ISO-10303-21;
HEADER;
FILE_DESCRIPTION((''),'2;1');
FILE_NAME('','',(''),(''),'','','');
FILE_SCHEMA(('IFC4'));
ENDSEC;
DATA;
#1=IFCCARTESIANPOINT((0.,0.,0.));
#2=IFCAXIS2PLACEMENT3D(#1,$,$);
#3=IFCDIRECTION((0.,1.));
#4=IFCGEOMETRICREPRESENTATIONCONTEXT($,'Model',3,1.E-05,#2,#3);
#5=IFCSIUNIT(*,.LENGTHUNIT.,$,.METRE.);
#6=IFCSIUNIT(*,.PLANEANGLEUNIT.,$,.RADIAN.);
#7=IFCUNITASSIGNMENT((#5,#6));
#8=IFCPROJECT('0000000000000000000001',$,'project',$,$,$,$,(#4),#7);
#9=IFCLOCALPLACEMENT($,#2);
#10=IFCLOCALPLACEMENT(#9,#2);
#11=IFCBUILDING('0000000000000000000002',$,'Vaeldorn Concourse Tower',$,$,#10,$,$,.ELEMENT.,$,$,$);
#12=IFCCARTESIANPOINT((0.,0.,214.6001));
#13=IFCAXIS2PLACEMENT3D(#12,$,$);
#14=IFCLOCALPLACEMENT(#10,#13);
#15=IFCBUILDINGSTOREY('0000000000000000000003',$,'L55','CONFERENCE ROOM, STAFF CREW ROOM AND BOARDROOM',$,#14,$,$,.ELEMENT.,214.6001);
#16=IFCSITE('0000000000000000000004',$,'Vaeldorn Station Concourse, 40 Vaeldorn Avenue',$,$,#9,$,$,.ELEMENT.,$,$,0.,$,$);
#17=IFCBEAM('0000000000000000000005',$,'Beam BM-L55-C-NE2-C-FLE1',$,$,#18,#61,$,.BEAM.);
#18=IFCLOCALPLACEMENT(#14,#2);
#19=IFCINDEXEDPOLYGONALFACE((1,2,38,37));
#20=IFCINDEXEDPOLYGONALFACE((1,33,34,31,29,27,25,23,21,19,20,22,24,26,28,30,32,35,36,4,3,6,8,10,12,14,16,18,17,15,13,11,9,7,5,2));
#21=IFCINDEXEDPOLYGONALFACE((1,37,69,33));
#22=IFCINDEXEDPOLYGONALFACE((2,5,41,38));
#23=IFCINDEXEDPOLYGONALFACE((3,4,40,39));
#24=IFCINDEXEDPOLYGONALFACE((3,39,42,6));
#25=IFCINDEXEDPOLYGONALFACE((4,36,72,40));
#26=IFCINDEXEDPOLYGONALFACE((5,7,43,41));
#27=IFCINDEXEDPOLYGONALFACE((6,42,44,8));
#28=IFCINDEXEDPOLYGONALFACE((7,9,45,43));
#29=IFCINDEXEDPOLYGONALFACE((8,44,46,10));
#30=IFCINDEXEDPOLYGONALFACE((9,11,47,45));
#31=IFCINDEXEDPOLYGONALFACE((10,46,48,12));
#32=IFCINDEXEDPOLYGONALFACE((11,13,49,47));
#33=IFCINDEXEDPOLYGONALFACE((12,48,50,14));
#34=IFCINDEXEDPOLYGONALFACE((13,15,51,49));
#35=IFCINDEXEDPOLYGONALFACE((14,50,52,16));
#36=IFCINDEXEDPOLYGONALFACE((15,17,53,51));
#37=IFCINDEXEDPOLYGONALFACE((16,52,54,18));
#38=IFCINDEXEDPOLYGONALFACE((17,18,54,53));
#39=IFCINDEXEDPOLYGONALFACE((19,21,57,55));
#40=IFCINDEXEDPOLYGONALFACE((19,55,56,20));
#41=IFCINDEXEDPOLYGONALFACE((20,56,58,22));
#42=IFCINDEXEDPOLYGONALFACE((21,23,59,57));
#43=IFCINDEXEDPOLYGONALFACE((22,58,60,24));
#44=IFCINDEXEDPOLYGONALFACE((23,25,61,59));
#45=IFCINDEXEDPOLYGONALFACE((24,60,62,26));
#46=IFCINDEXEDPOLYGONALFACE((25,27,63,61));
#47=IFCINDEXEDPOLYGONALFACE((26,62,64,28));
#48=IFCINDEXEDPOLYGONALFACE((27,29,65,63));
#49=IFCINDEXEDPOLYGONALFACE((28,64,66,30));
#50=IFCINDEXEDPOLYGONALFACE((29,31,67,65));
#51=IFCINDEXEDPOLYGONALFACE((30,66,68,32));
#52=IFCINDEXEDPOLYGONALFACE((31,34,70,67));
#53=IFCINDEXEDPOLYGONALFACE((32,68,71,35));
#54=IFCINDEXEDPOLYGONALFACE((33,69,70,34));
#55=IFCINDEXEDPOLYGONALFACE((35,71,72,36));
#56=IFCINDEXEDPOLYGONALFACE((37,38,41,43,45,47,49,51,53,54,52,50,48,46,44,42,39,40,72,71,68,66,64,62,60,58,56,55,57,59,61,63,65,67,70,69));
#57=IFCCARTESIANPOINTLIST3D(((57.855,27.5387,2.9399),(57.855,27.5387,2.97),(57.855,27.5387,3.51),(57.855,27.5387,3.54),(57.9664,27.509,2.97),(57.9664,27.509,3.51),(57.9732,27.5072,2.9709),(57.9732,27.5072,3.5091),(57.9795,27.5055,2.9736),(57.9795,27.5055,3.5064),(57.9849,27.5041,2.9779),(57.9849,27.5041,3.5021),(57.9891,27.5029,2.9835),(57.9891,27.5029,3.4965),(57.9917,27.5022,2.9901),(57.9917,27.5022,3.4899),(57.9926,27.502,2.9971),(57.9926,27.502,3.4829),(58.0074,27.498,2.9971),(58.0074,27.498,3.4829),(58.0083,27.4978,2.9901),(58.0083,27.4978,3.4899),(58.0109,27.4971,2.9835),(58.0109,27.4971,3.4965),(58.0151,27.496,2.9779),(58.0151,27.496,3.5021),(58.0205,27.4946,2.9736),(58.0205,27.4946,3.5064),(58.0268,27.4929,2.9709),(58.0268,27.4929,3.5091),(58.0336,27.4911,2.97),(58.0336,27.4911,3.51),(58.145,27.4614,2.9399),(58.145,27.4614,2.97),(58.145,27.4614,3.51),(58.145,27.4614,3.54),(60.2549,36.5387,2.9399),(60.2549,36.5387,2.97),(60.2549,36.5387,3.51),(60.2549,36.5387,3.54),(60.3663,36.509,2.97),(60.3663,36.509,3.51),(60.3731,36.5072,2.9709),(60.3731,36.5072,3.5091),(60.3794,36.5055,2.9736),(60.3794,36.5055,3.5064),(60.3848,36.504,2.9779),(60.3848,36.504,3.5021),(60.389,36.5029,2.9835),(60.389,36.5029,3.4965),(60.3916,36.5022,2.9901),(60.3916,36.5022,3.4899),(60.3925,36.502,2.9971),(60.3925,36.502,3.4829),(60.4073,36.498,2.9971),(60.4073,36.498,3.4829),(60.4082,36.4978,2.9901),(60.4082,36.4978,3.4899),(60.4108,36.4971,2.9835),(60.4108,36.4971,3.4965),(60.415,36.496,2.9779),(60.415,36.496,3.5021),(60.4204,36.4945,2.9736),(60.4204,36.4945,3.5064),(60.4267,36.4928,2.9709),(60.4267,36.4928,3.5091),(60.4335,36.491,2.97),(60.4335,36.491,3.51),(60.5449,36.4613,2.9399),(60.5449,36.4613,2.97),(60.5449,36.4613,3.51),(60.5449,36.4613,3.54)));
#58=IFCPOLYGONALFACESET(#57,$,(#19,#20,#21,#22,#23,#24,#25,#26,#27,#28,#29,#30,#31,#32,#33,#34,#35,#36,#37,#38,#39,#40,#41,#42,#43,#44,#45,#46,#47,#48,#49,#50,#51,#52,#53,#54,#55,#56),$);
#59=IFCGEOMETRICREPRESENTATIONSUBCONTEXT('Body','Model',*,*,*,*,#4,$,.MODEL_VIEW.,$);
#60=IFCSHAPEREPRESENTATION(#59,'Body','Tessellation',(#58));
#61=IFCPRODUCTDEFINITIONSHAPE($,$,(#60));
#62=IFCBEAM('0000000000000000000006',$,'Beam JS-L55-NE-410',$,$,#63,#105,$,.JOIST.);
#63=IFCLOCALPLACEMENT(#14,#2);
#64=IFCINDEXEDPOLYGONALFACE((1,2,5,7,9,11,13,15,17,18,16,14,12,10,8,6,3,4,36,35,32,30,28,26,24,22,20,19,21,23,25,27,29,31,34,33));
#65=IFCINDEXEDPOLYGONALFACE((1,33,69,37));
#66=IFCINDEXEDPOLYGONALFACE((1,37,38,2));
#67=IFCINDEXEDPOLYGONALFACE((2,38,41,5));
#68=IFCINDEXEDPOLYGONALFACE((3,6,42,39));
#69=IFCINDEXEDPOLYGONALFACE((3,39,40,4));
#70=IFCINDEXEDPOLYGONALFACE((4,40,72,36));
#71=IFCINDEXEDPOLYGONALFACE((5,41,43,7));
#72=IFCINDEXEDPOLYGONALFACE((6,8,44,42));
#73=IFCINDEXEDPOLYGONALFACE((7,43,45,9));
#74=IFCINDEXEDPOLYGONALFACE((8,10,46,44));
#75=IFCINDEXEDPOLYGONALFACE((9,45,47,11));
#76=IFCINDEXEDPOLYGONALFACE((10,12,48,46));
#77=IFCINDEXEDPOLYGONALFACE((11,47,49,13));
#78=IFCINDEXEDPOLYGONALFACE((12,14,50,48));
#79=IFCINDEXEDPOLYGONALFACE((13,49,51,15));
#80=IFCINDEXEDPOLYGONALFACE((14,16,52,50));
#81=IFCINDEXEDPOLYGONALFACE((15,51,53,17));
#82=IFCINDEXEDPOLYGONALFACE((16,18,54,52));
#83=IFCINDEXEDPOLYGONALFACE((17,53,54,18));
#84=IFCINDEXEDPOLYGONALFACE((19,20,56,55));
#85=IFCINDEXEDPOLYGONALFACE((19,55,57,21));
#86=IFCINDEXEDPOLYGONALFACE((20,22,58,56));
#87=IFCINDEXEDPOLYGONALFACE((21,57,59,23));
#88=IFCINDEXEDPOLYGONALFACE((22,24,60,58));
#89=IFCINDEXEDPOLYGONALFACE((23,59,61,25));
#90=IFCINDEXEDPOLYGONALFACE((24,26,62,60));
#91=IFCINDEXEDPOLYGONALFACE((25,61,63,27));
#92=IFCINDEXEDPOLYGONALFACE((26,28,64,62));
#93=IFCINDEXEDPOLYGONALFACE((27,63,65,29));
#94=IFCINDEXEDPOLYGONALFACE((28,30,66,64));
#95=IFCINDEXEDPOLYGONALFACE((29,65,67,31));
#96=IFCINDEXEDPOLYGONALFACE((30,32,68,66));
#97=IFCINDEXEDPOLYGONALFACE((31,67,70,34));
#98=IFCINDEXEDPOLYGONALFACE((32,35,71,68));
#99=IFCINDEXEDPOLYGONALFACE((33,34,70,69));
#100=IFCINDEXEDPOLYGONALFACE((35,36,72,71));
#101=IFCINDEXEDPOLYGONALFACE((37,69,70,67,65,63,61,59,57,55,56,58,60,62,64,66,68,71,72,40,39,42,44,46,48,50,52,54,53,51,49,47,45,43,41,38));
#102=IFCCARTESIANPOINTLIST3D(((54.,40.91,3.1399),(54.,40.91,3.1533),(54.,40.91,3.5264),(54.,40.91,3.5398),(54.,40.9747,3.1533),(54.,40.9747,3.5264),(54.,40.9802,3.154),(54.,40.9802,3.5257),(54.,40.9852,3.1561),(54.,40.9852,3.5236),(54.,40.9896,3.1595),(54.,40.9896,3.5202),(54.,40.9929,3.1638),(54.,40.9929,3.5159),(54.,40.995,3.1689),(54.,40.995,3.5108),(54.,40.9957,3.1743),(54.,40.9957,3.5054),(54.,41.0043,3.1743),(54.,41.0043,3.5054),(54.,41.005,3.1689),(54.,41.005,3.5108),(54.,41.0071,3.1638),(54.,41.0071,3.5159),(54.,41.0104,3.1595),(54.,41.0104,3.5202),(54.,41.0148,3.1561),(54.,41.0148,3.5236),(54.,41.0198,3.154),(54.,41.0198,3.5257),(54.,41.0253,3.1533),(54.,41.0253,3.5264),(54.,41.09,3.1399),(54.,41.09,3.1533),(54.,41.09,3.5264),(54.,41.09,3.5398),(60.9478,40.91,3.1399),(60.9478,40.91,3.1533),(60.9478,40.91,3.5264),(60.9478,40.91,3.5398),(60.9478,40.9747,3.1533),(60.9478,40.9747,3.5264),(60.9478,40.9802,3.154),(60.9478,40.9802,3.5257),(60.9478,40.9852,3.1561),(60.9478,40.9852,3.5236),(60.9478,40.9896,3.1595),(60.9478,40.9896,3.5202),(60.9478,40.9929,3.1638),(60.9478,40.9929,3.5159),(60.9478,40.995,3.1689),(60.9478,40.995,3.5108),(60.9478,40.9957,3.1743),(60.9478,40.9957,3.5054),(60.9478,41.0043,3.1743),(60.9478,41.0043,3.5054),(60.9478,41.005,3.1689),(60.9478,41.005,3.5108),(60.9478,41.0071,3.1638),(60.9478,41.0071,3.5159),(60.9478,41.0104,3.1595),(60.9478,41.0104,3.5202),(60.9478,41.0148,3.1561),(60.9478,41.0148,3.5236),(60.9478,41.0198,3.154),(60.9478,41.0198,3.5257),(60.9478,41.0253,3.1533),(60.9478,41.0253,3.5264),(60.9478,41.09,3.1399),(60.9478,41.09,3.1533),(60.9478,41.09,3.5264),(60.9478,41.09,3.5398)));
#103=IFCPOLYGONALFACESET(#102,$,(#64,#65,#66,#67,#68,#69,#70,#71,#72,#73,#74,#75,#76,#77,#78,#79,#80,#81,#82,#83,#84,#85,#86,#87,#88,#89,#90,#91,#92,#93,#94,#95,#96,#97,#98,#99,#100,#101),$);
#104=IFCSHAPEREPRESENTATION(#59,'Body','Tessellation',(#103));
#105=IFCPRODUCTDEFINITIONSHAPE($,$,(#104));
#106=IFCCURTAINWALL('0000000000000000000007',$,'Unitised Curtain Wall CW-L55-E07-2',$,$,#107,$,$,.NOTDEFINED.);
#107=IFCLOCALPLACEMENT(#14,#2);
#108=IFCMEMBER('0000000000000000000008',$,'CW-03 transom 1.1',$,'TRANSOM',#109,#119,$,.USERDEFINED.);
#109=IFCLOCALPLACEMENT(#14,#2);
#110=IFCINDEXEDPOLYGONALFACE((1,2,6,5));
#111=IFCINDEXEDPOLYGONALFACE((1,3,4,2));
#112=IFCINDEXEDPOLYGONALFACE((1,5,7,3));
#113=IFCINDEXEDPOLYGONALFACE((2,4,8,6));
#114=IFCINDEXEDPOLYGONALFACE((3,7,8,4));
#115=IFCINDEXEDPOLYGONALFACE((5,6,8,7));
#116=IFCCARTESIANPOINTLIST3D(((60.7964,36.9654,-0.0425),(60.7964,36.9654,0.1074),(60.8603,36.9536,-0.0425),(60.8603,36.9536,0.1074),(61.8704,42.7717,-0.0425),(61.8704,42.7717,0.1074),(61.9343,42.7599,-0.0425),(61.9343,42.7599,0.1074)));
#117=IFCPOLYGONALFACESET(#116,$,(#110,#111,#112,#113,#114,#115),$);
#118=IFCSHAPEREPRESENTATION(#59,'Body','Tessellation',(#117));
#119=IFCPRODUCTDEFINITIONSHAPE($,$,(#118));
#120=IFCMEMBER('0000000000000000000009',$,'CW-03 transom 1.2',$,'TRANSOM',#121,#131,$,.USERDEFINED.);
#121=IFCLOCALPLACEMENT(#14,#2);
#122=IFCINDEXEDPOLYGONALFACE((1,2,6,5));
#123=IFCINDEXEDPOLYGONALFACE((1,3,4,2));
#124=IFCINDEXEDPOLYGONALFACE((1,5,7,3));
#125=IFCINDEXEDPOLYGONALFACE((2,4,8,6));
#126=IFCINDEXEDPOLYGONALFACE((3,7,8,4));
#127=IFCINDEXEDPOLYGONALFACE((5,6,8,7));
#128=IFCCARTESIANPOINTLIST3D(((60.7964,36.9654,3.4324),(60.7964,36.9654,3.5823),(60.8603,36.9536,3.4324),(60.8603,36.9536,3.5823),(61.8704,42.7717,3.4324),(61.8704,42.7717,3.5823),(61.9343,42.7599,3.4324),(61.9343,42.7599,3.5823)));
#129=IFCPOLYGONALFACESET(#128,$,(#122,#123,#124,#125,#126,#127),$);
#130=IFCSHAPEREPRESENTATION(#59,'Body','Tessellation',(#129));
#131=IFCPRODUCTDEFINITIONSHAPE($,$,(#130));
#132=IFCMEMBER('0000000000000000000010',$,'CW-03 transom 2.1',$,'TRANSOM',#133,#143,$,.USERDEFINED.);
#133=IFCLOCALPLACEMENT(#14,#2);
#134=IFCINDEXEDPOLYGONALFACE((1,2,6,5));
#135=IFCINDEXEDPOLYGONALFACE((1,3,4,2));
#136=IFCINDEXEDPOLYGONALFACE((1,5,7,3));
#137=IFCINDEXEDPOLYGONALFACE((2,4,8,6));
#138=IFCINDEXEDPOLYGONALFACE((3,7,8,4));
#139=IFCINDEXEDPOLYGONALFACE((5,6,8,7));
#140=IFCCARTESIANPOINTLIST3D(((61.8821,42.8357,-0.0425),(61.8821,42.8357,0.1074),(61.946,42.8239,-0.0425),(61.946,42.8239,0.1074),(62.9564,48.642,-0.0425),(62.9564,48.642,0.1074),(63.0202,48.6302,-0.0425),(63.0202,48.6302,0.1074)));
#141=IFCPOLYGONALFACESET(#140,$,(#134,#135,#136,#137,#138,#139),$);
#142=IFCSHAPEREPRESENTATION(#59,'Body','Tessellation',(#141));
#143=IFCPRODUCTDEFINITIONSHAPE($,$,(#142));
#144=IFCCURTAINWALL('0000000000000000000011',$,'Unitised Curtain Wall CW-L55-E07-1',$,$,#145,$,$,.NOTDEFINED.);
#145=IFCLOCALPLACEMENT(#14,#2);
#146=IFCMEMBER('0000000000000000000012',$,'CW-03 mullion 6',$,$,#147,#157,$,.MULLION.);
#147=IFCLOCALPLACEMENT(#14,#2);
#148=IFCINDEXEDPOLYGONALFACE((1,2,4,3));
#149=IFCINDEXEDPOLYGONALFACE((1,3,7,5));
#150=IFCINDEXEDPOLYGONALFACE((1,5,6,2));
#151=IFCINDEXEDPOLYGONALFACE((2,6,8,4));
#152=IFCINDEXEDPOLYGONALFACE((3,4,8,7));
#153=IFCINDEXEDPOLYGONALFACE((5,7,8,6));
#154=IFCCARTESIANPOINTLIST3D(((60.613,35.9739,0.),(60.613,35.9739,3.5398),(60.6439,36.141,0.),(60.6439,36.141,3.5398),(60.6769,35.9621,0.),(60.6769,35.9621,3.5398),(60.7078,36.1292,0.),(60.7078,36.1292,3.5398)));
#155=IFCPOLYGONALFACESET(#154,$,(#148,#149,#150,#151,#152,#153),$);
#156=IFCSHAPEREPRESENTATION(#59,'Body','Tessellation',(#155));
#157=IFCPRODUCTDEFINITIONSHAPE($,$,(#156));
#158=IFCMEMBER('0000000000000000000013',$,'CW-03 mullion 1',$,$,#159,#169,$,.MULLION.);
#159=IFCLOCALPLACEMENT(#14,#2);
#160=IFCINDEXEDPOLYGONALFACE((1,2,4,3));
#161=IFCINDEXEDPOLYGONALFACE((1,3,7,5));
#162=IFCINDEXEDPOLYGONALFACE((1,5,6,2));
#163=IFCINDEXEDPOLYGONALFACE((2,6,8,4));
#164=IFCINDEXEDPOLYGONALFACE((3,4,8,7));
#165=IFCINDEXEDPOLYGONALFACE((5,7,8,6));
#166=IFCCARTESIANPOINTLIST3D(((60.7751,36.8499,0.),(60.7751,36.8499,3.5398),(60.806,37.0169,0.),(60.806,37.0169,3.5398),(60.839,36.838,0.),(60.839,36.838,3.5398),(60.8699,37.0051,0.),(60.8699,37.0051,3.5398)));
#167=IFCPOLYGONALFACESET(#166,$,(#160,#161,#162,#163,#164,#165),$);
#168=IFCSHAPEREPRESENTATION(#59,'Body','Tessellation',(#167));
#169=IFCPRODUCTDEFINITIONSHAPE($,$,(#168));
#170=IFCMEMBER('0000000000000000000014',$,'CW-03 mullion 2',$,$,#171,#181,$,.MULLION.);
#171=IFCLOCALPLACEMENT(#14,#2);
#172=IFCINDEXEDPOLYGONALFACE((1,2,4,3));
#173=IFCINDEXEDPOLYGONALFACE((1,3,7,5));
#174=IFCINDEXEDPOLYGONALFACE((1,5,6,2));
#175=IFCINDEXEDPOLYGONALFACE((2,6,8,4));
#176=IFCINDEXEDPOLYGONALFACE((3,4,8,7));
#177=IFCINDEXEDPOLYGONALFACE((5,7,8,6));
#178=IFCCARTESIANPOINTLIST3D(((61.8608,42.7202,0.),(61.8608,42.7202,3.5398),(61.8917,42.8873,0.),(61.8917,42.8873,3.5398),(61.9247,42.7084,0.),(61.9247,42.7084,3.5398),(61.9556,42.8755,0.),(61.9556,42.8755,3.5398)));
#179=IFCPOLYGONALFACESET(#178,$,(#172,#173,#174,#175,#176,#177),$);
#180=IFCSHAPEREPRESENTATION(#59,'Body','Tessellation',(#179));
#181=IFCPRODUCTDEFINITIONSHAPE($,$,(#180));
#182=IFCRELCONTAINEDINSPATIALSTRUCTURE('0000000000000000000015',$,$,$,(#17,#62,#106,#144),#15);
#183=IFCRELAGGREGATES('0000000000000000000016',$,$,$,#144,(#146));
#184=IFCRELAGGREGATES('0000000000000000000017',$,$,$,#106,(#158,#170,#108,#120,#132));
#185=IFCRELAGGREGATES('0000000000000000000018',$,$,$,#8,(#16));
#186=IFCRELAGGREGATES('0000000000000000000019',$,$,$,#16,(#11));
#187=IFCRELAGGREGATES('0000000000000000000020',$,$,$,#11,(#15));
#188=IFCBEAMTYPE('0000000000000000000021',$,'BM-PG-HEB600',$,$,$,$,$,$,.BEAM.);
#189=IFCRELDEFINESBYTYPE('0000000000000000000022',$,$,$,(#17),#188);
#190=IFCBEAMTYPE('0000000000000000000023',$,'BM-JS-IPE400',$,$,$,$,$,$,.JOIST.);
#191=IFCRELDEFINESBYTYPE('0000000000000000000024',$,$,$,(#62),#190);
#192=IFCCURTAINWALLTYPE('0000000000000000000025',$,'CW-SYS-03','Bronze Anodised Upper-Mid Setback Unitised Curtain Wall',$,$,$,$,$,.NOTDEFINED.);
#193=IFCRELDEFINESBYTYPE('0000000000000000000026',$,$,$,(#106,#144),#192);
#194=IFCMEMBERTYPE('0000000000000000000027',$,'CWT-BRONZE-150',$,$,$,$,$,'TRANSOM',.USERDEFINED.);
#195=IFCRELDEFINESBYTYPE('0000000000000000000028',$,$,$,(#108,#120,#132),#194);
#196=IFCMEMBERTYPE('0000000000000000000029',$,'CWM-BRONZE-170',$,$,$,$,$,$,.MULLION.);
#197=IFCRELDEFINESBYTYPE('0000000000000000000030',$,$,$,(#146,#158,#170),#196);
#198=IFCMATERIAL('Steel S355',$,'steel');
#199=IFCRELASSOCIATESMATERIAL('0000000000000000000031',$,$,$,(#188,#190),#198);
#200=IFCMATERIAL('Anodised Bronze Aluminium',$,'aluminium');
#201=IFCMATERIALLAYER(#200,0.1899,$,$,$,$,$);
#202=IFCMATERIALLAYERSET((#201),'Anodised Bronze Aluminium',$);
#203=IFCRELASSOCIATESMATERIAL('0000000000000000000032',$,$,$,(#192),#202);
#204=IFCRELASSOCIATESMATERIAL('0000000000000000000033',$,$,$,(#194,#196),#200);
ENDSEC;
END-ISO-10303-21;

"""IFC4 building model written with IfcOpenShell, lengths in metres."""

from ifc_helpers import new_model, si_unit, direction, frame, origin, origin_2d, place, context, subcontext, project, spatial, rectangle, i_section, extrude, source, transform, mapped, material, layer, layer_set, material_profile, profile_set, type_object, element, aggregate, save


model = new_model("IFC4")

# Units and contexts
model_context = context("Model", 3, precision=1e-05, world=origin(), true_north=direction((0.0, 1.0)))
body_context = subcontext(model_context, "Body", "Model", "MODEL_VIEW")
ifc_project = project(units=[si_unit("LENGTHUNIT", "METRE"), si_unit("PLANEANGLEUNIT", "RADIAN")], contexts=[model_context])

# Site, building, storey
site_placement = place(None, origin())
site = spatial("IfcSite", under=ifc_project, at=site_placement, Name="Vaeldorn Station Concourse, 40 Vaeldorn Avenue", CompositionType="ELEMENT", RefElevation=0.0)
building_placement = place(site_placement, origin())
building = spatial("IfcBuilding", under=site, at=building_placement, Name="Vaeldorn Concourse Tower", CompositionType="ELEMENT")
storey_placement = place(building_placement, frame((0.0, 0.0, 214.6001)))
storey = spatial("IfcBuildingStorey", under=building, at=storey_placement, Name="L55", Description="CONFERENCE ROOM, STAFF CREW ROOM AND BOARDROOM", CompositionType="ELEMENT", Elevation=214.6001)

# Beams
ifc_material_1 = material(Name="Steel S355", Category="steel")
ifc_material_profile_1 = material_profile(ifc_material_1, i_section(OverallWidth=0.3, OverallDepth=0.6001, WebThickness=0.0154, FlangeThickness=0.03, FilletRadius=0.0271, at=origin_2d()), Name="HEB 600")
ifc_profile_set_1 = profile_set([ifc_material_profile_1], Name="Steel S355")
beam_type_1 = type_object("IfcBeamType", Name="BM-PG-HEB600", PredefinedType="BEAM", material=ifc_profile_set_1)
shared_shape_1 = source(origin(), body_context, "Body", "SweptSolid", [
    extrude(i_section(OverallWidth=0.3, OverallDepth=0.6001, WebThickness=0.0154, FlangeThickness=0.03, FilletRadius=0.0271, at=origin_2d()), origin(), (0.0, 0.0, 1.0), 9.3145),
])
beam_1_placement = place(storey_placement, frame((60.3999, 36.5, 3.24), z_axis=(-0.257653, -0.966238, 0.0), x_axis=(0.966238, -0.257653, 0.0)))
element("IfcBeam", 1, at=beam_1_placement, inside=storey, type_object=beam_type_1, Name="Beam BM-L55-C-NE2-C-FLE1", PredefinedType="BEAM", context=body_context, shape_type="MappedRepresentation", body=[
    mapped(shared_shape_1, transform((0.0, 0.0, 0.0), scale=1.0)),
])
ifc_material_profile_2 = material_profile(ifc_material_1, i_section(OverallWidth=0.1799, OverallDepth=0.3999, WebThickness=0.0085, FlangeThickness=0.0134, FilletRadius=0.021, at=origin_2d()), Name="IPE 400")
ifc_profile_set_2 = profile_set([ifc_material_profile_2], Name="Steel S355")
beam_type_2 = type_object("IfcBeamType", Name="BM-JS-IPE400", PredefinedType="JOIST", material=ifc_profile_set_2)
shared_shape_2 = source(origin(), body_context, "Body", "SweptSolid", [
    extrude(i_section(OverallWidth=0.1799, OverallDepth=0.3999, WebThickness=0.0085, FlangeThickness=0.0134, FilletRadius=0.021, at=origin_2d()), origin(), (0.0, 0.0, 1.0), 6.9478),
])
beam_2_placement = place(storey_placement, frame((54.0, 41.0, 3.3398), z_axis=(1.0, 0.0, 0.0), x_axis=(0.0, 1.0, 0.0)))
element("IfcBeam", 2, at=beam_2_placement, inside=storey, type_object=beam_type_2, Name="Beam JS-L55-NE-410", PredefinedType="JOIST", context=body_context, shape_type="MappedRepresentation", body=[
    mapped(shared_shape_2, transform((0.0, 0.0, 0.0), scale=1.0)),
])

# Curtain wall, members
ifc_material_2 = material(Name="Anodised Bronze Aluminium", Category="aluminium")
ifc_layer_1 = layer(ifc_material_2, 0.1899)
ifc_layer_set_1 = layer_set([ifc_layer_1], Name="Anodised Bronze Aluminium")
curtain_wall_type = type_object("IfcCurtainWallType", Name="CW-SYS-03", Description="Bronze Anodised Upper-Mid Setback Unitised Curtain Wall", PredefinedType="NOTDEFINED", material=ifc_layer_set_1)
curtain_wall_1_placement = place(storey_placement, origin())
curtain_wall_1 = element("IfcCurtainWall", 3, at=curtain_wall_1_placement, inside=storey, type_object=curtain_wall_type, Name="Unitised Curtain Wall CW-L55-E07-2", PredefinedType="NOTDEFINED")
ifc_material_profile_3 = material_profile(ifc_material_2, rectangle(XDim=0.0649, YDim=0.1499, at=origin_2d()), Name="CWT 65x150")
ifc_profile_set_3 = profile_set([ifc_material_profile_3], Name="Anodised Bronze Aluminium")
member_type_1 = type_object("IfcMemberType", Name="CWT-BRONZE-150", ElementType="TRANSOM", PredefinedType="USERDEFINED", material=ifc_profile_set_3)
shared_shape_3 = source(origin(), body_context, "Body", "SweptSolid", [
    extrude(rectangle(XDim=0.0649, YDim=0.1499, at=origin_2d()), origin(), (0.0, 0.0, 1.0), 5.9048),
])
member_1_placement = place(storey_placement, frame((60.8284, 36.9595, 0.0325), z_axis=(0.181879, 0.983321, 0.0), x_axis=(-0.983321, 0.181879, 0.0)))
member_1 = element("IfcMember", 4, at=member_1_placement, type_object=member_type_1, Name="CW-03 transom 1.1", ObjectType="TRANSOM", PredefinedType="USERDEFINED", context=body_context, shape_type="MappedRepresentation", body=[
    mapped(shared_shape_3, transform((0.0, 0.0, 0.0), scale=1.0)),
])
member_2_placement = place(storey_placement, frame((60.8284, 36.9595, 3.5073), z_axis=(0.181879, 0.983321, 0.0), x_axis=(-0.983321, 0.181879, 0.0)))
member_2 = element("IfcMember", 5, at=member_2_placement, type_object=member_type_1, Name="CW-03 transom 1.2", ObjectType="TRANSOM", PredefinedType="USERDEFINED", context=body_context, shape_type="MappedRepresentation", body=[
    mapped(shared_shape_3, transform((0.0, 0.0, 0.0), scale=1.0)),
])
member_3_placement = place(storey_placement, frame((61.9141, 42.8298, 0.0325), z_axis=(0.181926, 0.983312, 0.0), x_axis=(-0.983312, 0.181926, 0.0)))
member_3 = element("IfcMember", 6, at=member_3_placement, type_object=member_type_1, Name="CW-03 transom 2.1", ObjectType="TRANSOM", PredefinedType="USERDEFINED", context=body_context, shape_type="MappedRepresentation", body=[
    mapped(shared_shape_3, transform((0.0, 0.0, 0.0), scale=1.0)),
])

# Curtain wall, member
curtain_wall_2_placement = place(storey_placement, origin())
curtain_wall_2 = element("IfcCurtainWall", 7, at=curtain_wall_2_placement, inside=storey, type_object=curtain_wall_type, Name="Unitised Curtain Wall CW-L55-E07-1", PredefinedType="NOTDEFINED")
ifc_material_profile_4 = material_profile(ifc_material_2, rectangle(XDim=0.0649, YDim=0.1699, at=origin_2d()), Name="CWM 65x170")
ifc_profile_set_4 = profile_set([ifc_material_profile_4], Name="Anodised Bronze Aluminium")
member_type_2 = type_object("IfcMemberType", Name="CWM-BRONZE-170", PredefinedType="MULLION", material=ifc_profile_set_4)
shared_shape_4 = source(origin(), body_context, "Body", "SweptSolid", [
    extrude(rectangle(XDim=0.0649, YDim=0.1699, at=origin_2d()), origin(), (0.0, 0.0, 1.0), 3.5398),
])
member_4_placement = place(storey_placement, frame((60.6604, 36.0515, 0.0), z_axis=(0.0, 0.0, 1.0), x_axis=(-0.983319, 0.181889, 0.0)))
member_4 = element("IfcMember", 8, at=member_4_placement, type_object=member_type_2, Name="CW-03 mullion 6", PredefinedType="MULLION", context=body_context, shape_type="MappedRepresentation", body=[
    mapped(shared_shape_4, transform((0.0, 0.0, 0.0), scale=1.0)),
])
aggregate(curtain_wall_2, [member_4])

# Members
member_5_placement = place(storey_placement, frame((60.8225, 36.9275, 0.0), z_axis=(0.0, 0.0, 1.0), x_axis=(-0.983319, 0.181888, 0.0)))
member_5 = element("IfcMember", 9, at=member_5_placement, type_object=member_type_2, Name="CW-03 mullion 1", PredefinedType="MULLION", context=body_context, shape_type="MappedRepresentation", body=[
    mapped(shared_shape_4, transform((0.0, 0.0, 0.0), scale=1.0)),
])
member_6_placement = place(storey_placement, frame((61.9082, 42.7979, 0.0), z_axis=(0.0, 0.0, 1.0), x_axis=(-0.983319, 0.181888, 0.0)))
member_6 = element("IfcMember", 10, at=member_6_placement, type_object=member_type_2, Name="CW-03 mullion 2", PredefinedType="MULLION", context=body_context, shape_type="MappedRepresentation", body=[
    mapped(shared_shape_4, transform((0.0, 0.0, 0.0), scale=1.0)),
])

aggregate(curtain_wall_1, [member_5, member_6, member_1, member_2, member_3])

save(model, "model.ifc")
